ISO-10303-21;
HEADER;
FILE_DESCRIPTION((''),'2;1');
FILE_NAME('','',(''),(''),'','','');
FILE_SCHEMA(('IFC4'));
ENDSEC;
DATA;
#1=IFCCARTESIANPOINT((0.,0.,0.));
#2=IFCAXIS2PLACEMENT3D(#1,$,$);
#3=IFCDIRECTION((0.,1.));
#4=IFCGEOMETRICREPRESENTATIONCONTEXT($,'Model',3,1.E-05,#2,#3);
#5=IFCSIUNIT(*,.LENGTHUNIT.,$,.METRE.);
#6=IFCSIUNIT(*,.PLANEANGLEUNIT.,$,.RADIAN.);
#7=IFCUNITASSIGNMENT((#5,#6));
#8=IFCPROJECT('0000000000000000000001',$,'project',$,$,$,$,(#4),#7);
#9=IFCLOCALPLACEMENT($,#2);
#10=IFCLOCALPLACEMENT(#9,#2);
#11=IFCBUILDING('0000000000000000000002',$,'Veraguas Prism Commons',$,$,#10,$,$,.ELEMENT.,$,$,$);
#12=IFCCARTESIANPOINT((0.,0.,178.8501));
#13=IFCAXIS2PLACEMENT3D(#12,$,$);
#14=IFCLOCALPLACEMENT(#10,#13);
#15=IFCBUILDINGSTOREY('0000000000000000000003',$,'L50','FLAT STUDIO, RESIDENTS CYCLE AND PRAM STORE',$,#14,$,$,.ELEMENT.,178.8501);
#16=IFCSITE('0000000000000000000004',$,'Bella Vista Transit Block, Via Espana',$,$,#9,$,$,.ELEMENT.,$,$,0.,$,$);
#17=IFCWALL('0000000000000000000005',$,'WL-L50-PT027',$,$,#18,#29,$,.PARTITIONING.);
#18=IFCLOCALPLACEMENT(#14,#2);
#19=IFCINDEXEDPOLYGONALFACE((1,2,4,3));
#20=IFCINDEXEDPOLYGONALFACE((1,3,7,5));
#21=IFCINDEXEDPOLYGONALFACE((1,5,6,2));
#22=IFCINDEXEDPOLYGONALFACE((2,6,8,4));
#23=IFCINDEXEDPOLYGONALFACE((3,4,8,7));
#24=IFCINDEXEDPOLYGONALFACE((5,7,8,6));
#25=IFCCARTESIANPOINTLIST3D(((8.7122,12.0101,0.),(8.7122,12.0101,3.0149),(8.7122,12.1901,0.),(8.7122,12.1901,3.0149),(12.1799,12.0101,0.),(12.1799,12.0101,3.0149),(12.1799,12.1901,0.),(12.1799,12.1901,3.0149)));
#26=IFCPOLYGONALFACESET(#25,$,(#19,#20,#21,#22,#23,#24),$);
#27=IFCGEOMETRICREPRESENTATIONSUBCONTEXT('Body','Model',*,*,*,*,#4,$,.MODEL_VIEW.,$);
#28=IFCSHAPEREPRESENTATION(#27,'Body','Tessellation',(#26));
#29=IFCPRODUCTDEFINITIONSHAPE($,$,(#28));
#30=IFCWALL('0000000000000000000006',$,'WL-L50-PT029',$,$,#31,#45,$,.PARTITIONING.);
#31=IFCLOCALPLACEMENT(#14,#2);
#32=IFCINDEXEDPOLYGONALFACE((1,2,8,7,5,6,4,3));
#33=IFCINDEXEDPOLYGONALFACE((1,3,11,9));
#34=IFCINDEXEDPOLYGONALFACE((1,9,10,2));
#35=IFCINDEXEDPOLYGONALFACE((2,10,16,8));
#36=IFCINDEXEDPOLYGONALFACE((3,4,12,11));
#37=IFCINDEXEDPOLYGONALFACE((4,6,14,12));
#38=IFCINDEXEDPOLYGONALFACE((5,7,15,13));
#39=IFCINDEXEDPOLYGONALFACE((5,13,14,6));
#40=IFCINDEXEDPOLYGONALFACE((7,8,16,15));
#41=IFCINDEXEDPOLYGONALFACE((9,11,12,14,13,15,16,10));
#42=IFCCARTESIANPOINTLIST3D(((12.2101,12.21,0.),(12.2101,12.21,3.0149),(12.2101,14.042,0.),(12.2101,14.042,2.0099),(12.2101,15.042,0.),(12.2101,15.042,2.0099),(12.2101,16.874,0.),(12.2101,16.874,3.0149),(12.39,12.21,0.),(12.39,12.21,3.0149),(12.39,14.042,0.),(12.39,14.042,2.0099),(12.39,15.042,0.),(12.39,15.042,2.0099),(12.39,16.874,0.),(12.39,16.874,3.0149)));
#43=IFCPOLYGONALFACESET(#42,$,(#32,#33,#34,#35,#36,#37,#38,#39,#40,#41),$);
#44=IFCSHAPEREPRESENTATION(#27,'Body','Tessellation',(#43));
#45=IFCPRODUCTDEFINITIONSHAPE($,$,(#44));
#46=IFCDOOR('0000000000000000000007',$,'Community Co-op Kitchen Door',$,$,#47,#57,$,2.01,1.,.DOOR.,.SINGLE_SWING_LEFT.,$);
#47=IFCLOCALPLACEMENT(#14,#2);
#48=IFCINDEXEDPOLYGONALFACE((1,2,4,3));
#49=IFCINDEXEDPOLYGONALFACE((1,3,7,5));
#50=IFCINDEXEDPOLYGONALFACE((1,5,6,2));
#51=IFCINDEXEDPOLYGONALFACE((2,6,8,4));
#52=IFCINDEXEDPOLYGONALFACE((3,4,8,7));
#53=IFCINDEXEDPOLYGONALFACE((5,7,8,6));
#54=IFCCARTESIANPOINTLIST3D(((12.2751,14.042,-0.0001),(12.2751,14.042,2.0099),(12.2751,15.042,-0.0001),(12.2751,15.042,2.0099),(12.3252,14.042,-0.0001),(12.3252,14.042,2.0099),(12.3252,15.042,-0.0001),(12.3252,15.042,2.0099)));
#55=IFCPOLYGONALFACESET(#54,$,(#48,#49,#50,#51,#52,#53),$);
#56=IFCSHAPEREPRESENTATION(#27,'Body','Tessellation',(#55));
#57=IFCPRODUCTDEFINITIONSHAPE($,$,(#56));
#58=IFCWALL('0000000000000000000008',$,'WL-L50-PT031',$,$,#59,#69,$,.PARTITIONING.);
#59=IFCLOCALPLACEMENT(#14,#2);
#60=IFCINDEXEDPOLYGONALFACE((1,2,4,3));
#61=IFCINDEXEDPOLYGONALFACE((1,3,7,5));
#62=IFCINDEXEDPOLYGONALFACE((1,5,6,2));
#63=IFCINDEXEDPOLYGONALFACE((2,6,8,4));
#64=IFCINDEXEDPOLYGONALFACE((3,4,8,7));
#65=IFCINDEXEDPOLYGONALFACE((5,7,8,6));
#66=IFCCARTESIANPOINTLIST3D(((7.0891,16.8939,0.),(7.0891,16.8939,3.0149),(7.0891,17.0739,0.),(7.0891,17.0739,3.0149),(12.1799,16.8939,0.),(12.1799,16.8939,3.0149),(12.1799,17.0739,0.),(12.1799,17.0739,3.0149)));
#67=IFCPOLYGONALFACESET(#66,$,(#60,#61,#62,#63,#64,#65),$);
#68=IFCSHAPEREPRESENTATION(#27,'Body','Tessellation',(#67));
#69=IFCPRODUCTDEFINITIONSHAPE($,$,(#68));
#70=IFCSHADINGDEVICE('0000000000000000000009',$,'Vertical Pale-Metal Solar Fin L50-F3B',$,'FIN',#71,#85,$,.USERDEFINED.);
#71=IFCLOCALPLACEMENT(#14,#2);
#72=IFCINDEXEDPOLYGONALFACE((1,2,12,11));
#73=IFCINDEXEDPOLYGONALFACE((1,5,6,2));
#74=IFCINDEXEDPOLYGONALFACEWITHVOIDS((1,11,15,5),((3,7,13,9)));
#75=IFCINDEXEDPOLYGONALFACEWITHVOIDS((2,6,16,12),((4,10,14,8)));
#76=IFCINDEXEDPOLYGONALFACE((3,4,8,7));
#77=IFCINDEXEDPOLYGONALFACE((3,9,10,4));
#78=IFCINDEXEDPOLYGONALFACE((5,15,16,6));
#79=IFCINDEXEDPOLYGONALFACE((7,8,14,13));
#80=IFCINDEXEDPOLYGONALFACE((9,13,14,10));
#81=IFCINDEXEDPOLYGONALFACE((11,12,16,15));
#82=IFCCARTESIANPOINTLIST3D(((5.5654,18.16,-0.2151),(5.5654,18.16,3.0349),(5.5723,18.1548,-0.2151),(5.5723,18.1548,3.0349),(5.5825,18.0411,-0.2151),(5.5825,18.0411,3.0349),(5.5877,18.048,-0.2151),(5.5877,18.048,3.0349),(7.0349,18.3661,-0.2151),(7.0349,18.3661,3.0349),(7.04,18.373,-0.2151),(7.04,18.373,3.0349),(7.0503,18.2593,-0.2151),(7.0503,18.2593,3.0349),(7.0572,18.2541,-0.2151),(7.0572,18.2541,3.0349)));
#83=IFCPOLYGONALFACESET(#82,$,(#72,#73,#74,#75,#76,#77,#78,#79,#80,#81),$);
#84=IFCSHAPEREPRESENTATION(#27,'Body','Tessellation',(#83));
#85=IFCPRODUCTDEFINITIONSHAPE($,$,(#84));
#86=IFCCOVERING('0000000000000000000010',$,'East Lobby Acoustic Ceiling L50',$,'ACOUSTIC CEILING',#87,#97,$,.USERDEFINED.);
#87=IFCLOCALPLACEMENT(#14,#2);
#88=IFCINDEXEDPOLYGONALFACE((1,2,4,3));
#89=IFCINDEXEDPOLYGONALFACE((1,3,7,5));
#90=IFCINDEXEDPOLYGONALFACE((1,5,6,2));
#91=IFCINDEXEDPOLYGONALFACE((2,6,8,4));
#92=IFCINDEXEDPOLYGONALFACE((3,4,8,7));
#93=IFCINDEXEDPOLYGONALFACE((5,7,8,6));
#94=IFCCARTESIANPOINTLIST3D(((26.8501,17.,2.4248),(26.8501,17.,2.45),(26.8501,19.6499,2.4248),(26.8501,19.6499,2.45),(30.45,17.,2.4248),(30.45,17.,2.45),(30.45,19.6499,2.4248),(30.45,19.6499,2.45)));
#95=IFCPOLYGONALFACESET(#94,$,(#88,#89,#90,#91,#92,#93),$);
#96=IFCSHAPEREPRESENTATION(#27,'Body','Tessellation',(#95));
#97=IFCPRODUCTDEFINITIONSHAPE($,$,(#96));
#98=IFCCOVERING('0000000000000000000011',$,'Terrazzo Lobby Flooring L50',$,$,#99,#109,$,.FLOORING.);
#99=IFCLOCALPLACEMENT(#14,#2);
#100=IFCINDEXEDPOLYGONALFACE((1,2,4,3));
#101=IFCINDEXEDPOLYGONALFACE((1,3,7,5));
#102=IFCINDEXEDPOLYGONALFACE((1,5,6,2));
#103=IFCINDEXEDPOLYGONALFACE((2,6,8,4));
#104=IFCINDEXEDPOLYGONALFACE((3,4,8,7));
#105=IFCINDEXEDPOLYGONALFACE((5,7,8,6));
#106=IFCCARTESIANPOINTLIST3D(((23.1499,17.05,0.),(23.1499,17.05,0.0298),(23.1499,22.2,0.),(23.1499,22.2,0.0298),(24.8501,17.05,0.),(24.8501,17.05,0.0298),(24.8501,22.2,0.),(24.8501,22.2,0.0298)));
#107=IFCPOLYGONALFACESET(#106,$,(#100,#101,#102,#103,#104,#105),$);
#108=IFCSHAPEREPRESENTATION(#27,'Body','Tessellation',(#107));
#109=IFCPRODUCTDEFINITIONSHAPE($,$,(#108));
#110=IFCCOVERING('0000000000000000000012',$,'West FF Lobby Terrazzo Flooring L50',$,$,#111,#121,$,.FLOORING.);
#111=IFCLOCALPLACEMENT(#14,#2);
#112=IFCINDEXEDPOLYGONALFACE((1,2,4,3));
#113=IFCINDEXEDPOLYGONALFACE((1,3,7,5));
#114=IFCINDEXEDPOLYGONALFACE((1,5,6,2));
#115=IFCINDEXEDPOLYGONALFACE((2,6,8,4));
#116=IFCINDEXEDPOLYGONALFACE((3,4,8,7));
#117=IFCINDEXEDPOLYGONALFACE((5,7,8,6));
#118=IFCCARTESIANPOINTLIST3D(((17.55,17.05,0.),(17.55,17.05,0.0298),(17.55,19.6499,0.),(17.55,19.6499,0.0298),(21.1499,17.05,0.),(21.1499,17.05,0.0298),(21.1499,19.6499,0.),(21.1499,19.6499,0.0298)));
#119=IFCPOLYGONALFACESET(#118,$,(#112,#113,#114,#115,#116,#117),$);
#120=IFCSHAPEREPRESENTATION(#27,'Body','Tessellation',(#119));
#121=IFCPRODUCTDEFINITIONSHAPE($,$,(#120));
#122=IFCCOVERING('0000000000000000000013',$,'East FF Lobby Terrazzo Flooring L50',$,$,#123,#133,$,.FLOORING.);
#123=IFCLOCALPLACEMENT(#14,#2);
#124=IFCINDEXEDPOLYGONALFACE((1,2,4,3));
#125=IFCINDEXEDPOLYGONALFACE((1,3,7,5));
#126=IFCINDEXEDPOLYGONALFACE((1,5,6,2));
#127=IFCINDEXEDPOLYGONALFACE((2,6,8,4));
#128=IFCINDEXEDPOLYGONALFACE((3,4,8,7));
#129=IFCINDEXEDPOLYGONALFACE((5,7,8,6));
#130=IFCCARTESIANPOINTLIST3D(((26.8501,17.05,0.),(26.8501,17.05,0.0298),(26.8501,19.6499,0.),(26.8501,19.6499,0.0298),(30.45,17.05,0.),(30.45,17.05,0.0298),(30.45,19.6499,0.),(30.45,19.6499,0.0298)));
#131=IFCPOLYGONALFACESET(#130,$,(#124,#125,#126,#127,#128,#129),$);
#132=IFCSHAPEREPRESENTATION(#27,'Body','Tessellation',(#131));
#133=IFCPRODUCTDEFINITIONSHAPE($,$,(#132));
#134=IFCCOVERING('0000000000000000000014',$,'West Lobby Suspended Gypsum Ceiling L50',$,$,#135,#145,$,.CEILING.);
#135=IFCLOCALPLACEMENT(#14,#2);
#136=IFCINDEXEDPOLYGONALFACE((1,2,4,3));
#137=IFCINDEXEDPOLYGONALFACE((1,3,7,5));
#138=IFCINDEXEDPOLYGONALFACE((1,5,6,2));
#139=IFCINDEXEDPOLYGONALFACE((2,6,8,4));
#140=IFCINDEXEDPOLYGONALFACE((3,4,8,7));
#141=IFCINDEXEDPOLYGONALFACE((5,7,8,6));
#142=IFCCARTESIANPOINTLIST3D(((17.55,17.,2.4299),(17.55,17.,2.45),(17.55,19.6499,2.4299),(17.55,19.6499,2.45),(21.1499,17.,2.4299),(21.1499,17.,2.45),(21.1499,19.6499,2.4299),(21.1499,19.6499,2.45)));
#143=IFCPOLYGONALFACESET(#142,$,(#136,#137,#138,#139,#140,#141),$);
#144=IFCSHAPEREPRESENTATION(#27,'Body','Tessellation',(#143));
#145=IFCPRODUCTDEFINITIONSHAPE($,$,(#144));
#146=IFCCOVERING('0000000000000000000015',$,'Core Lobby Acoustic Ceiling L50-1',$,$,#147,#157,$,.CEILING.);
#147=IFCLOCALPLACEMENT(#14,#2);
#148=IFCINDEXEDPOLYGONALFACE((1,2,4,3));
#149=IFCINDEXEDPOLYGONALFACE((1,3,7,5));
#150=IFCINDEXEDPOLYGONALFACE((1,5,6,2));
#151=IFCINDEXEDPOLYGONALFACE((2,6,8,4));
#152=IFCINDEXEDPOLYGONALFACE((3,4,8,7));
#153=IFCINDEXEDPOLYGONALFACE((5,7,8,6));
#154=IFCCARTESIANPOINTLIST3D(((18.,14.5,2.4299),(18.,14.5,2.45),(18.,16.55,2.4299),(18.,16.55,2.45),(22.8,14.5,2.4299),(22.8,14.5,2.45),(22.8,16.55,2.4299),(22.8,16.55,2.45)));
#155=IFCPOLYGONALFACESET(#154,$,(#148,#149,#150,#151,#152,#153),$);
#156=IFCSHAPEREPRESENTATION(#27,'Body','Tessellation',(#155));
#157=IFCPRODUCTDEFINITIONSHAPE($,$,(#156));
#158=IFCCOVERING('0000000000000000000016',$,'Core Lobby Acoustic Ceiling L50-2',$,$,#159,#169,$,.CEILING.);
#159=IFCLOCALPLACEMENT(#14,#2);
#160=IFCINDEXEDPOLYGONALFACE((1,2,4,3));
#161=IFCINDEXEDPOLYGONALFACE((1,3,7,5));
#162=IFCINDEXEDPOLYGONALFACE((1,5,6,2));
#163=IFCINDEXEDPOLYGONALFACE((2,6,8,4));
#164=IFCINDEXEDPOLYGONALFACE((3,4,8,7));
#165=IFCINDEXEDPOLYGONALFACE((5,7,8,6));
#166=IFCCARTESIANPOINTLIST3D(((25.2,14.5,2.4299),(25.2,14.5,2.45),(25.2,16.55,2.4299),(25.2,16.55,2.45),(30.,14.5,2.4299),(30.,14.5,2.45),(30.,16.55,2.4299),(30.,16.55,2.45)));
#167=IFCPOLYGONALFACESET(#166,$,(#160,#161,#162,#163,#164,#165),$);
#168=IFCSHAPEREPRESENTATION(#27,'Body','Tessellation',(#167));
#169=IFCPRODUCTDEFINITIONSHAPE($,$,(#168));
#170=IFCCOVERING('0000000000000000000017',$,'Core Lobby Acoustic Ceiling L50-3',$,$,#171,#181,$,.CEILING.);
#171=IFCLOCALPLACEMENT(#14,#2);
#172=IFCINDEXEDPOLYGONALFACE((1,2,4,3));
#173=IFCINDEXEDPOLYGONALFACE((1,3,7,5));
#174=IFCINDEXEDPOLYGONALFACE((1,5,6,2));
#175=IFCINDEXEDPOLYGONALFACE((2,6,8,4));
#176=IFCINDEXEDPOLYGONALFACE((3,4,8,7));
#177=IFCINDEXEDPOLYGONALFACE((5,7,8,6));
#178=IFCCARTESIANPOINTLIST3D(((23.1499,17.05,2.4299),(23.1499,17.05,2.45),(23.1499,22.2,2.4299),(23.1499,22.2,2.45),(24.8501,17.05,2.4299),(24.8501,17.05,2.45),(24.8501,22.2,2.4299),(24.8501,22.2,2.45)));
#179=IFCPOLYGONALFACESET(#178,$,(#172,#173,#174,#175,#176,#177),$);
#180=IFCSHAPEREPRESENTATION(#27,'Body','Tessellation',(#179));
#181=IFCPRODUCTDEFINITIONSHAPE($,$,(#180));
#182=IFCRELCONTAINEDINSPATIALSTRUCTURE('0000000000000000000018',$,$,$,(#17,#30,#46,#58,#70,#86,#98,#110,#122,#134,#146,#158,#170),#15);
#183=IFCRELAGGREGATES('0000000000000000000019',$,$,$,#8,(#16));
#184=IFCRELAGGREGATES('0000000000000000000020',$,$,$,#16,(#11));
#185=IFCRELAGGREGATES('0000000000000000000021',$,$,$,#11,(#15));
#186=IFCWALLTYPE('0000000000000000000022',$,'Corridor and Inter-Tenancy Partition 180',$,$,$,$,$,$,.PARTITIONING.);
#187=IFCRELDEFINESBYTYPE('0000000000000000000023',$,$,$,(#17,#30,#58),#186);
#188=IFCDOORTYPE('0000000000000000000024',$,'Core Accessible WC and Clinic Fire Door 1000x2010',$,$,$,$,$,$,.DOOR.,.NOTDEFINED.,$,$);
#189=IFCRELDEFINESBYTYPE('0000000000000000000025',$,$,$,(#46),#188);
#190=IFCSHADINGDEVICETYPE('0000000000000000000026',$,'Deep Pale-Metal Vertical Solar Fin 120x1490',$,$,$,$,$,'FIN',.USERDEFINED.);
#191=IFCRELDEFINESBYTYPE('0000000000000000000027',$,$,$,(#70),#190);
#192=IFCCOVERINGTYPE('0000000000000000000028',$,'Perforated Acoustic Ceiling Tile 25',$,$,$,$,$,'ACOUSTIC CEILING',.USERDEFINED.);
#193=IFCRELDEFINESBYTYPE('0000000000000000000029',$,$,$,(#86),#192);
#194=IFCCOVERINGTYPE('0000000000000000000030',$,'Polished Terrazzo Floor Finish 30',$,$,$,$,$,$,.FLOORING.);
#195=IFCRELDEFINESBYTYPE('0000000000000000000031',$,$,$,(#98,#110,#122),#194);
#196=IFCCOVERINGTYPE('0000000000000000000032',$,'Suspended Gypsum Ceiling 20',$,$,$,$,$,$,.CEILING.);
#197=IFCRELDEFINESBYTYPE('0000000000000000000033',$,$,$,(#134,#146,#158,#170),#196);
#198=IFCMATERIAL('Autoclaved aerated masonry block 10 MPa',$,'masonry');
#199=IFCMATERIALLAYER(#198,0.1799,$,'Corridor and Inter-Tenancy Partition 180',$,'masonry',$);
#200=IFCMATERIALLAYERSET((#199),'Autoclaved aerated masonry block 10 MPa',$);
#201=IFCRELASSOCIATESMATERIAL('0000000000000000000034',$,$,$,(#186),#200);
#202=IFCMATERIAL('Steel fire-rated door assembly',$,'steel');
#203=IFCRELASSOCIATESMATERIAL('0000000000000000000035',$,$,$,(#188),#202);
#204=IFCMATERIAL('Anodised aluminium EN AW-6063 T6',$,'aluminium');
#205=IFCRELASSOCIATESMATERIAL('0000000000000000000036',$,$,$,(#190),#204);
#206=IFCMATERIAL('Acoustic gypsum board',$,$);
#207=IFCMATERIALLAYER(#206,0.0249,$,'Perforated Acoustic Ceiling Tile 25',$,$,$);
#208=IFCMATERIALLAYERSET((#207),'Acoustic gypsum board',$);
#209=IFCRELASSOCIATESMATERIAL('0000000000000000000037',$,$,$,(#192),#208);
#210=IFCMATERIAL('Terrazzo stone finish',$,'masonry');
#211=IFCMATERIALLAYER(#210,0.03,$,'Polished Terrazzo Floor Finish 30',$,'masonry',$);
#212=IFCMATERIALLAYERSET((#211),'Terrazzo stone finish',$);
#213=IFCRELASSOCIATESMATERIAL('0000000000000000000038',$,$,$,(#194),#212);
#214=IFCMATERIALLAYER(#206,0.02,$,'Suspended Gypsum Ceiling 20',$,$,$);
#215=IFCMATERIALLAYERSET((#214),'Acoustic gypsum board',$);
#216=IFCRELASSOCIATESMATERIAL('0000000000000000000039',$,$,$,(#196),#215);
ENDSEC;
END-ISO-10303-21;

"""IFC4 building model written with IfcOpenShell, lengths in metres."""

from ifc_helpers import new_model, si_unit, direction, frame, frame_2d, origin, origin_2d, place, context, subcontext, project, spatial, polyline, rectangle, hollow_rectangle, outline, extrude, source, transform, mapped, material, layer, layer_set, material_profile, profile_set, type_object, element, fill, save


model = new_model("IFC4")

# Units and contexts
model_context = context("Model", 3, precision=1e-05, world=origin(), true_north=direction((0.0, 1.0)))
body_context = subcontext(model_context, "Body", "Model", "MODEL_VIEW")
ifc_project = project(units=[si_unit("LENGTHUNIT", "METRE"), si_unit("PLANEANGLEUNIT", "RADIAN")], contexts=[model_context])

# Site, building, storey
site_placement = place(None, origin())
site = spatial("IfcSite", under=ifc_project, at=site_placement, Name="Bella Vista Transit Block, Via Espana", CompositionType="ELEMENT", RefElevation=0.0)
building_placement = place(site_placement, origin())
building = spatial("IfcBuilding", under=site, at=building_placement, Name="Veraguas Prism Commons", CompositionType="ELEMENT")
storey_placement = place(building_placement, frame((0.0, 0.0, 178.8501)))
storey = spatial("IfcBuildingStorey", under=building, at=storey_placement, Name="L50", Description="FLAT STUDIO, RESIDENTS CYCLE AND PRAM STORE", CompositionType="ELEMENT", Elevation=178.8501)

# Shared definitions
ifc_material_1 = material(Name="Anodised aluminium EN AW-6063 T6", Category="aluminium")

# Wall
ifc_material_2 = material(Name="Autoclaved aerated masonry block 10 MPa", Category="masonry")
ifc_layer_1 = layer(ifc_material_2, 0.1799, Name="Corridor and Inter-Tenancy Partition 180", Category="masonry")
ifc_layer_set_1 = layer_set([ifc_layer_1], Name="Autoclaved aerated masonry block 10 MPa")
wall_type = type_object("IfcWallType", Name="Corridor and Inter-Tenancy Partition 180", PredefinedType="PARTITIONING", material=ifc_layer_set_1)
wall_1_placement = place(storey_placement, frame((12.1799, 12.1001, 0.0), z_axis=(0.0, 0.0, 1.0), x_axis=(-1.0, 0.0, 0.0)))
element("IfcWall", 1, at=wall_1_placement, inside=storey, type_object=wall_type, Name="WL-L50-PT027", PredefinedType="PARTITIONING", context=body_context, shape_type="SweptSolid", body=[
    extrude(rectangle(XDim=3.4678, YDim=0.1799, at=frame_2d((1.7339, 0.0))), origin(), (0.0, 0.0, 1.0), 3.0149),
])

# Wall, opening, door
wall_2_placement = place(storey_placement, frame((12.3, 12.21, 0.0), z_axis=(0.0, 0.0, 1.0), x_axis=(0.0, 1.0, 0.0)))
wall_2 = element("IfcWall", 2, at=wall_2_placement, inside=storey, type_object=wall_type, Name="WL-L50-PT029", PredefinedType="PARTITIONING", context=body_context, shape_type="SweptSolid", body=[
    extrude(rectangle(XDim=4.6641, YDim=0.1799, at=frame_2d((2.332, 0.0))), origin(), (0.0, 0.0, 1.0), 3.0149),
])
opening_placement = place(wall_2_placement, frame((1.832, 0.0, 0.0)))
opening = element("IfcOpeningElement", 3, at=opening_placement, cuts=wall_2, PredefinedType="OPENING", context=body_context, shape_type="SweptSolid", body=[
    extrude(rectangle(XDim=1.0, YDim=2.01, at=frame_2d((0.5, 1.0049))), frame((0.0, 0.0999, 0.0), z_axis=(0.0, -1.0, 0.0), x_axis=(1.0, 0.0, 0.0)), (0.0, 0.0, 1.0), 0.2),
])
ifc_material_3 = material(Name="Steel fire-rated door assembly", Category="steel")
door_type = type_object("IfcDoorType", Name="Core Accessible WC and Clinic Fire Door 1000x2010", OperationType="NOTDEFINED", PredefinedType="DOOR", material=ifc_material_3)
shared_shape_1 = source(origin(), body_context, "Body", "SweptSolid", [
    extrude(rectangle(XDim=1.0, YDim=2.01, at=frame_2d((0.5, 1.0049))), frame((0.0, 0.0249, 0.0), z_axis=(0.0, -1.0, 0.0), x_axis=(1.0, 0.0, 0.0)), (0.0, 0.0, 1.0), 0.05),
])
door_placement = place(opening_placement, origin())
door = element("IfcDoor", 4, at=door_placement, inside=storey, type_object=door_type, Name="Community Co-op Kitchen Door", OperationType="SINGLE_SWING_LEFT", OverallHeight=2.01, OverallWidth=1.0, PredefinedType="DOOR", context=body_context, shape_type="MappedRepresentation", body=[
    mapped(shared_shape_1, transform((0.0, 0.0, 0.0), scale=1.0)),
])
fill(opening, door)

# Wall
wall_3_placement = place(storey_placement, frame((12.1799, 16.9839, 0.0), z_axis=(0.0, 0.0, 1.0), x_axis=(-1.0, 0.0, 0.0)))
element("IfcWall", 5, at=wall_3_placement, inside=storey, type_object=wall_type, Name="WL-L50-PT031", PredefinedType="PARTITIONING", context=body_context, shape_type="SweptSolid", body=[
    extrude(rectangle(XDim=5.0908, YDim=0.1799, at=frame_2d((2.5454, 0.0))), origin(), (0.0, 0.0, 1.0), 3.0149),
])

# Shading device
ifc_material_profile_1 = material_profile(ifc_material_1, hollow_rectangle(XDim=0.1201, YDim=1.49, WallThickness=0.0061, at=origin_2d()), Name="FIN120X1490X6")
ifc_profile_set_1 = profile_set([ifc_material_profile_1], Name="Anodised aluminium EN AW-6063 T6")
shading_device_type = type_object("IfcShadingDeviceType", Name="Deep Pale-Metal Vertical Solar Fin 120x1490", ElementType="FIN", PredefinedType="USERDEFINED", material=ifc_profile_set_1)
shading_device_placement = place(storey_placement, frame((6.3113, 18.207, -0.2151), z_axis=(0.0, 0.0, 1.0), x_axis=(0.142974, -0.989726, 0.0)))
element("IfcShadingDevice", 6, at=shading_device_placement, inside=storey, type_object=shading_device_type, Name="Vertical Pale-Metal Solar Fin L50-F3B", ObjectType="FIN", PredefinedType="USERDEFINED", context=body_context, shape_type="SweptSolid", body=[
    extrude(hollow_rectangle(XDim=0.1201, YDim=1.49, WallThickness=0.0061, at=origin_2d()), origin(), (0.0, 0.0, 1.0), 3.25),
])

# Coverings
ifc_material_4 = material(Name="Acoustic gypsum board")
ifc_layer_2 = layer(ifc_material_4, 0.0249, Name="Perforated Acoustic Ceiling Tile 25")
ifc_layer_set_2 = layer_set([ifc_layer_2], Name="Acoustic gypsum board")
covering_type_1 = type_object("IfcCoveringType", Name="Perforated Acoustic Ceiling Tile 25", ElementType="ACOUSTIC CEILING", PredefinedType="USERDEFINED", material=ifc_layer_set_2)
covering_1_placement = place(storey_placement, frame((0.0, 0.0, 2.4248)))
element("IfcCovering", 7, at=covering_1_placement, inside=storey, type_object=covering_type_1, Name="East Lobby Acoustic Ceiling L50", ObjectType="ACOUSTIC CEILING", PredefinedType="USERDEFINED", context=body_context, shape_type="SweptSolid", body=[
    extrude(outline(polyline([(26.8501, 17.0), (30.45, 17.0), (30.45, 19.6499), (26.8501, 19.6499), (26.8501, 17.0)])), origin(), (0.0, 0.0, 1.0), 0.0251),
])
ifc_material_5 = material(Name="Terrazzo stone finish", Category="masonry")
ifc_layer_3 = layer(ifc_material_5, 0.03, Name="Polished Terrazzo Floor Finish 30", Category="masonry")
ifc_layer_set_3 = layer_set([ifc_layer_3], Name="Terrazzo stone finish")
covering_type_2 = type_object("IfcCoveringType", Name="Polished Terrazzo Floor Finish 30", PredefinedType="FLOORING", material=ifc_layer_set_3)
covering_2_placement = place(storey_placement, origin())
element("IfcCovering", 8, at=covering_2_placement, inside=storey, type_object=covering_type_2, Name="Terrazzo Lobby Flooring L50", PredefinedType="FLOORING", context=body_context, shape_type="SweptSolid", body=[
    extrude(outline(polyline([(23.1499, 17.05), (24.8501, 17.05), (24.8501, 22.2), (23.1499, 22.2), (23.1499, 17.05)])), origin(), (0.0, 0.0, 1.0), 0.0298),
])
covering_3_placement = place(storey_placement, origin())
element("IfcCovering", 9, at=covering_3_placement, inside=storey, type_object=covering_type_2, Name="West FF Lobby Terrazzo Flooring L50", PredefinedType="FLOORING", context=body_context, shape_type="SweptSolid", body=[
    extrude(outline(polyline([(17.55, 17.05), (21.1499, 17.05), (21.1499, 19.6499), (17.55, 19.6499), (17.55, 17.05)])), origin(), (0.0, 0.0, 1.0), 0.0298),
])
covering_4_placement = place(storey_placement, origin())
element("IfcCovering", 10, at=covering_4_placement, inside=storey, type_object=covering_type_2, Name="East FF Lobby Terrazzo Flooring L50", PredefinedType="FLOORING", context=body_context, shape_type="SweptSolid", body=[
    extrude(outline(polyline([(26.8501, 17.05), (30.45, 17.05), (30.45, 19.6499), (26.8501, 19.6499), (26.8501, 17.05)])), origin(), (0.0, 0.0, 1.0), 0.0298),
])
ifc_layer_4 = layer(ifc_material_4, 0.02, Name="Suspended Gypsum Ceiling 20")
ifc_layer_set_4 = layer_set([ifc_layer_4], Name="Acoustic gypsum board")
covering_type_3 = type_object("IfcCoveringType", Name="Suspended Gypsum Ceiling 20", PredefinedType="CEILING", material=ifc_layer_set_4)
covering_5_placement = place(storey_placement, frame((0.0, 0.0, 2.4299)))
element("IfcCovering", 11, at=covering_5_placement, inside=storey, type_object=covering_type_3, Name="West Lobby Suspended Gypsum Ceiling L50", PredefinedType="CEILING", context=body_context, shape_type="SweptSolid", body=[
    extrude(outline(polyline([(17.55, 17.0), (21.1499, 17.0), (21.1499, 19.6499), (17.55, 19.6499), (17.55, 17.0)])), origin(), (0.0, 0.0, 1.0), 0.02),
])
covering_6_placement = place(storey_placement, frame((0.0, 0.0, 2.4299)))
element("IfcCovering", 12, at=covering_6_placement, inside=storey, type_object=covering_type_3, Name="Core Lobby Acoustic Ceiling L50-1", PredefinedType="CEILING", context=body_context, shape_type="SweptSolid", body=[
    extrude(outline(polyline([(18.0, 14.5), (22.8, 14.5), (22.8, 16.55), (18.0, 16.55), (18.0, 14.5)])), origin(), (0.0, 0.0, 1.0), 0.02),
])
covering_7_placement = place(storey_placement, frame((0.0, 0.0, 2.4299)))
element("IfcCovering", 13, at=covering_7_placement, inside=storey, type_object=covering_type_3, Name="Core Lobby Acoustic Ceiling L50-2", PredefinedType="CEILING", context=body_context, shape_type="SweptSolid", body=[
    extrude(outline(polyline([(25.2, 14.5), (30.0, 14.5), (30.0, 16.55), (25.2, 16.55), (25.2, 14.5)])), origin(), (0.0, 0.0, 1.0), 0.02),
])
covering_8_placement = place(storey_placement, frame((0.0, 0.0, 2.4299)))
element("IfcCovering", 14, at=covering_8_placement, inside=storey, type_object=covering_type_3, Name="Core Lobby Acoustic Ceiling L50-3", PredefinedType="CEILING", context=body_context, shape_type="SweptSolid", body=[
    extrude(outline(polyline([(23.1499, 17.05), (24.8501, 17.05), (24.8501, 22.2), (23.1499, 22.2), (23.1499, 17.05)])), origin(), (0.0, 0.0, 1.0), 0.02),
])

save(model, "model.ifc")
